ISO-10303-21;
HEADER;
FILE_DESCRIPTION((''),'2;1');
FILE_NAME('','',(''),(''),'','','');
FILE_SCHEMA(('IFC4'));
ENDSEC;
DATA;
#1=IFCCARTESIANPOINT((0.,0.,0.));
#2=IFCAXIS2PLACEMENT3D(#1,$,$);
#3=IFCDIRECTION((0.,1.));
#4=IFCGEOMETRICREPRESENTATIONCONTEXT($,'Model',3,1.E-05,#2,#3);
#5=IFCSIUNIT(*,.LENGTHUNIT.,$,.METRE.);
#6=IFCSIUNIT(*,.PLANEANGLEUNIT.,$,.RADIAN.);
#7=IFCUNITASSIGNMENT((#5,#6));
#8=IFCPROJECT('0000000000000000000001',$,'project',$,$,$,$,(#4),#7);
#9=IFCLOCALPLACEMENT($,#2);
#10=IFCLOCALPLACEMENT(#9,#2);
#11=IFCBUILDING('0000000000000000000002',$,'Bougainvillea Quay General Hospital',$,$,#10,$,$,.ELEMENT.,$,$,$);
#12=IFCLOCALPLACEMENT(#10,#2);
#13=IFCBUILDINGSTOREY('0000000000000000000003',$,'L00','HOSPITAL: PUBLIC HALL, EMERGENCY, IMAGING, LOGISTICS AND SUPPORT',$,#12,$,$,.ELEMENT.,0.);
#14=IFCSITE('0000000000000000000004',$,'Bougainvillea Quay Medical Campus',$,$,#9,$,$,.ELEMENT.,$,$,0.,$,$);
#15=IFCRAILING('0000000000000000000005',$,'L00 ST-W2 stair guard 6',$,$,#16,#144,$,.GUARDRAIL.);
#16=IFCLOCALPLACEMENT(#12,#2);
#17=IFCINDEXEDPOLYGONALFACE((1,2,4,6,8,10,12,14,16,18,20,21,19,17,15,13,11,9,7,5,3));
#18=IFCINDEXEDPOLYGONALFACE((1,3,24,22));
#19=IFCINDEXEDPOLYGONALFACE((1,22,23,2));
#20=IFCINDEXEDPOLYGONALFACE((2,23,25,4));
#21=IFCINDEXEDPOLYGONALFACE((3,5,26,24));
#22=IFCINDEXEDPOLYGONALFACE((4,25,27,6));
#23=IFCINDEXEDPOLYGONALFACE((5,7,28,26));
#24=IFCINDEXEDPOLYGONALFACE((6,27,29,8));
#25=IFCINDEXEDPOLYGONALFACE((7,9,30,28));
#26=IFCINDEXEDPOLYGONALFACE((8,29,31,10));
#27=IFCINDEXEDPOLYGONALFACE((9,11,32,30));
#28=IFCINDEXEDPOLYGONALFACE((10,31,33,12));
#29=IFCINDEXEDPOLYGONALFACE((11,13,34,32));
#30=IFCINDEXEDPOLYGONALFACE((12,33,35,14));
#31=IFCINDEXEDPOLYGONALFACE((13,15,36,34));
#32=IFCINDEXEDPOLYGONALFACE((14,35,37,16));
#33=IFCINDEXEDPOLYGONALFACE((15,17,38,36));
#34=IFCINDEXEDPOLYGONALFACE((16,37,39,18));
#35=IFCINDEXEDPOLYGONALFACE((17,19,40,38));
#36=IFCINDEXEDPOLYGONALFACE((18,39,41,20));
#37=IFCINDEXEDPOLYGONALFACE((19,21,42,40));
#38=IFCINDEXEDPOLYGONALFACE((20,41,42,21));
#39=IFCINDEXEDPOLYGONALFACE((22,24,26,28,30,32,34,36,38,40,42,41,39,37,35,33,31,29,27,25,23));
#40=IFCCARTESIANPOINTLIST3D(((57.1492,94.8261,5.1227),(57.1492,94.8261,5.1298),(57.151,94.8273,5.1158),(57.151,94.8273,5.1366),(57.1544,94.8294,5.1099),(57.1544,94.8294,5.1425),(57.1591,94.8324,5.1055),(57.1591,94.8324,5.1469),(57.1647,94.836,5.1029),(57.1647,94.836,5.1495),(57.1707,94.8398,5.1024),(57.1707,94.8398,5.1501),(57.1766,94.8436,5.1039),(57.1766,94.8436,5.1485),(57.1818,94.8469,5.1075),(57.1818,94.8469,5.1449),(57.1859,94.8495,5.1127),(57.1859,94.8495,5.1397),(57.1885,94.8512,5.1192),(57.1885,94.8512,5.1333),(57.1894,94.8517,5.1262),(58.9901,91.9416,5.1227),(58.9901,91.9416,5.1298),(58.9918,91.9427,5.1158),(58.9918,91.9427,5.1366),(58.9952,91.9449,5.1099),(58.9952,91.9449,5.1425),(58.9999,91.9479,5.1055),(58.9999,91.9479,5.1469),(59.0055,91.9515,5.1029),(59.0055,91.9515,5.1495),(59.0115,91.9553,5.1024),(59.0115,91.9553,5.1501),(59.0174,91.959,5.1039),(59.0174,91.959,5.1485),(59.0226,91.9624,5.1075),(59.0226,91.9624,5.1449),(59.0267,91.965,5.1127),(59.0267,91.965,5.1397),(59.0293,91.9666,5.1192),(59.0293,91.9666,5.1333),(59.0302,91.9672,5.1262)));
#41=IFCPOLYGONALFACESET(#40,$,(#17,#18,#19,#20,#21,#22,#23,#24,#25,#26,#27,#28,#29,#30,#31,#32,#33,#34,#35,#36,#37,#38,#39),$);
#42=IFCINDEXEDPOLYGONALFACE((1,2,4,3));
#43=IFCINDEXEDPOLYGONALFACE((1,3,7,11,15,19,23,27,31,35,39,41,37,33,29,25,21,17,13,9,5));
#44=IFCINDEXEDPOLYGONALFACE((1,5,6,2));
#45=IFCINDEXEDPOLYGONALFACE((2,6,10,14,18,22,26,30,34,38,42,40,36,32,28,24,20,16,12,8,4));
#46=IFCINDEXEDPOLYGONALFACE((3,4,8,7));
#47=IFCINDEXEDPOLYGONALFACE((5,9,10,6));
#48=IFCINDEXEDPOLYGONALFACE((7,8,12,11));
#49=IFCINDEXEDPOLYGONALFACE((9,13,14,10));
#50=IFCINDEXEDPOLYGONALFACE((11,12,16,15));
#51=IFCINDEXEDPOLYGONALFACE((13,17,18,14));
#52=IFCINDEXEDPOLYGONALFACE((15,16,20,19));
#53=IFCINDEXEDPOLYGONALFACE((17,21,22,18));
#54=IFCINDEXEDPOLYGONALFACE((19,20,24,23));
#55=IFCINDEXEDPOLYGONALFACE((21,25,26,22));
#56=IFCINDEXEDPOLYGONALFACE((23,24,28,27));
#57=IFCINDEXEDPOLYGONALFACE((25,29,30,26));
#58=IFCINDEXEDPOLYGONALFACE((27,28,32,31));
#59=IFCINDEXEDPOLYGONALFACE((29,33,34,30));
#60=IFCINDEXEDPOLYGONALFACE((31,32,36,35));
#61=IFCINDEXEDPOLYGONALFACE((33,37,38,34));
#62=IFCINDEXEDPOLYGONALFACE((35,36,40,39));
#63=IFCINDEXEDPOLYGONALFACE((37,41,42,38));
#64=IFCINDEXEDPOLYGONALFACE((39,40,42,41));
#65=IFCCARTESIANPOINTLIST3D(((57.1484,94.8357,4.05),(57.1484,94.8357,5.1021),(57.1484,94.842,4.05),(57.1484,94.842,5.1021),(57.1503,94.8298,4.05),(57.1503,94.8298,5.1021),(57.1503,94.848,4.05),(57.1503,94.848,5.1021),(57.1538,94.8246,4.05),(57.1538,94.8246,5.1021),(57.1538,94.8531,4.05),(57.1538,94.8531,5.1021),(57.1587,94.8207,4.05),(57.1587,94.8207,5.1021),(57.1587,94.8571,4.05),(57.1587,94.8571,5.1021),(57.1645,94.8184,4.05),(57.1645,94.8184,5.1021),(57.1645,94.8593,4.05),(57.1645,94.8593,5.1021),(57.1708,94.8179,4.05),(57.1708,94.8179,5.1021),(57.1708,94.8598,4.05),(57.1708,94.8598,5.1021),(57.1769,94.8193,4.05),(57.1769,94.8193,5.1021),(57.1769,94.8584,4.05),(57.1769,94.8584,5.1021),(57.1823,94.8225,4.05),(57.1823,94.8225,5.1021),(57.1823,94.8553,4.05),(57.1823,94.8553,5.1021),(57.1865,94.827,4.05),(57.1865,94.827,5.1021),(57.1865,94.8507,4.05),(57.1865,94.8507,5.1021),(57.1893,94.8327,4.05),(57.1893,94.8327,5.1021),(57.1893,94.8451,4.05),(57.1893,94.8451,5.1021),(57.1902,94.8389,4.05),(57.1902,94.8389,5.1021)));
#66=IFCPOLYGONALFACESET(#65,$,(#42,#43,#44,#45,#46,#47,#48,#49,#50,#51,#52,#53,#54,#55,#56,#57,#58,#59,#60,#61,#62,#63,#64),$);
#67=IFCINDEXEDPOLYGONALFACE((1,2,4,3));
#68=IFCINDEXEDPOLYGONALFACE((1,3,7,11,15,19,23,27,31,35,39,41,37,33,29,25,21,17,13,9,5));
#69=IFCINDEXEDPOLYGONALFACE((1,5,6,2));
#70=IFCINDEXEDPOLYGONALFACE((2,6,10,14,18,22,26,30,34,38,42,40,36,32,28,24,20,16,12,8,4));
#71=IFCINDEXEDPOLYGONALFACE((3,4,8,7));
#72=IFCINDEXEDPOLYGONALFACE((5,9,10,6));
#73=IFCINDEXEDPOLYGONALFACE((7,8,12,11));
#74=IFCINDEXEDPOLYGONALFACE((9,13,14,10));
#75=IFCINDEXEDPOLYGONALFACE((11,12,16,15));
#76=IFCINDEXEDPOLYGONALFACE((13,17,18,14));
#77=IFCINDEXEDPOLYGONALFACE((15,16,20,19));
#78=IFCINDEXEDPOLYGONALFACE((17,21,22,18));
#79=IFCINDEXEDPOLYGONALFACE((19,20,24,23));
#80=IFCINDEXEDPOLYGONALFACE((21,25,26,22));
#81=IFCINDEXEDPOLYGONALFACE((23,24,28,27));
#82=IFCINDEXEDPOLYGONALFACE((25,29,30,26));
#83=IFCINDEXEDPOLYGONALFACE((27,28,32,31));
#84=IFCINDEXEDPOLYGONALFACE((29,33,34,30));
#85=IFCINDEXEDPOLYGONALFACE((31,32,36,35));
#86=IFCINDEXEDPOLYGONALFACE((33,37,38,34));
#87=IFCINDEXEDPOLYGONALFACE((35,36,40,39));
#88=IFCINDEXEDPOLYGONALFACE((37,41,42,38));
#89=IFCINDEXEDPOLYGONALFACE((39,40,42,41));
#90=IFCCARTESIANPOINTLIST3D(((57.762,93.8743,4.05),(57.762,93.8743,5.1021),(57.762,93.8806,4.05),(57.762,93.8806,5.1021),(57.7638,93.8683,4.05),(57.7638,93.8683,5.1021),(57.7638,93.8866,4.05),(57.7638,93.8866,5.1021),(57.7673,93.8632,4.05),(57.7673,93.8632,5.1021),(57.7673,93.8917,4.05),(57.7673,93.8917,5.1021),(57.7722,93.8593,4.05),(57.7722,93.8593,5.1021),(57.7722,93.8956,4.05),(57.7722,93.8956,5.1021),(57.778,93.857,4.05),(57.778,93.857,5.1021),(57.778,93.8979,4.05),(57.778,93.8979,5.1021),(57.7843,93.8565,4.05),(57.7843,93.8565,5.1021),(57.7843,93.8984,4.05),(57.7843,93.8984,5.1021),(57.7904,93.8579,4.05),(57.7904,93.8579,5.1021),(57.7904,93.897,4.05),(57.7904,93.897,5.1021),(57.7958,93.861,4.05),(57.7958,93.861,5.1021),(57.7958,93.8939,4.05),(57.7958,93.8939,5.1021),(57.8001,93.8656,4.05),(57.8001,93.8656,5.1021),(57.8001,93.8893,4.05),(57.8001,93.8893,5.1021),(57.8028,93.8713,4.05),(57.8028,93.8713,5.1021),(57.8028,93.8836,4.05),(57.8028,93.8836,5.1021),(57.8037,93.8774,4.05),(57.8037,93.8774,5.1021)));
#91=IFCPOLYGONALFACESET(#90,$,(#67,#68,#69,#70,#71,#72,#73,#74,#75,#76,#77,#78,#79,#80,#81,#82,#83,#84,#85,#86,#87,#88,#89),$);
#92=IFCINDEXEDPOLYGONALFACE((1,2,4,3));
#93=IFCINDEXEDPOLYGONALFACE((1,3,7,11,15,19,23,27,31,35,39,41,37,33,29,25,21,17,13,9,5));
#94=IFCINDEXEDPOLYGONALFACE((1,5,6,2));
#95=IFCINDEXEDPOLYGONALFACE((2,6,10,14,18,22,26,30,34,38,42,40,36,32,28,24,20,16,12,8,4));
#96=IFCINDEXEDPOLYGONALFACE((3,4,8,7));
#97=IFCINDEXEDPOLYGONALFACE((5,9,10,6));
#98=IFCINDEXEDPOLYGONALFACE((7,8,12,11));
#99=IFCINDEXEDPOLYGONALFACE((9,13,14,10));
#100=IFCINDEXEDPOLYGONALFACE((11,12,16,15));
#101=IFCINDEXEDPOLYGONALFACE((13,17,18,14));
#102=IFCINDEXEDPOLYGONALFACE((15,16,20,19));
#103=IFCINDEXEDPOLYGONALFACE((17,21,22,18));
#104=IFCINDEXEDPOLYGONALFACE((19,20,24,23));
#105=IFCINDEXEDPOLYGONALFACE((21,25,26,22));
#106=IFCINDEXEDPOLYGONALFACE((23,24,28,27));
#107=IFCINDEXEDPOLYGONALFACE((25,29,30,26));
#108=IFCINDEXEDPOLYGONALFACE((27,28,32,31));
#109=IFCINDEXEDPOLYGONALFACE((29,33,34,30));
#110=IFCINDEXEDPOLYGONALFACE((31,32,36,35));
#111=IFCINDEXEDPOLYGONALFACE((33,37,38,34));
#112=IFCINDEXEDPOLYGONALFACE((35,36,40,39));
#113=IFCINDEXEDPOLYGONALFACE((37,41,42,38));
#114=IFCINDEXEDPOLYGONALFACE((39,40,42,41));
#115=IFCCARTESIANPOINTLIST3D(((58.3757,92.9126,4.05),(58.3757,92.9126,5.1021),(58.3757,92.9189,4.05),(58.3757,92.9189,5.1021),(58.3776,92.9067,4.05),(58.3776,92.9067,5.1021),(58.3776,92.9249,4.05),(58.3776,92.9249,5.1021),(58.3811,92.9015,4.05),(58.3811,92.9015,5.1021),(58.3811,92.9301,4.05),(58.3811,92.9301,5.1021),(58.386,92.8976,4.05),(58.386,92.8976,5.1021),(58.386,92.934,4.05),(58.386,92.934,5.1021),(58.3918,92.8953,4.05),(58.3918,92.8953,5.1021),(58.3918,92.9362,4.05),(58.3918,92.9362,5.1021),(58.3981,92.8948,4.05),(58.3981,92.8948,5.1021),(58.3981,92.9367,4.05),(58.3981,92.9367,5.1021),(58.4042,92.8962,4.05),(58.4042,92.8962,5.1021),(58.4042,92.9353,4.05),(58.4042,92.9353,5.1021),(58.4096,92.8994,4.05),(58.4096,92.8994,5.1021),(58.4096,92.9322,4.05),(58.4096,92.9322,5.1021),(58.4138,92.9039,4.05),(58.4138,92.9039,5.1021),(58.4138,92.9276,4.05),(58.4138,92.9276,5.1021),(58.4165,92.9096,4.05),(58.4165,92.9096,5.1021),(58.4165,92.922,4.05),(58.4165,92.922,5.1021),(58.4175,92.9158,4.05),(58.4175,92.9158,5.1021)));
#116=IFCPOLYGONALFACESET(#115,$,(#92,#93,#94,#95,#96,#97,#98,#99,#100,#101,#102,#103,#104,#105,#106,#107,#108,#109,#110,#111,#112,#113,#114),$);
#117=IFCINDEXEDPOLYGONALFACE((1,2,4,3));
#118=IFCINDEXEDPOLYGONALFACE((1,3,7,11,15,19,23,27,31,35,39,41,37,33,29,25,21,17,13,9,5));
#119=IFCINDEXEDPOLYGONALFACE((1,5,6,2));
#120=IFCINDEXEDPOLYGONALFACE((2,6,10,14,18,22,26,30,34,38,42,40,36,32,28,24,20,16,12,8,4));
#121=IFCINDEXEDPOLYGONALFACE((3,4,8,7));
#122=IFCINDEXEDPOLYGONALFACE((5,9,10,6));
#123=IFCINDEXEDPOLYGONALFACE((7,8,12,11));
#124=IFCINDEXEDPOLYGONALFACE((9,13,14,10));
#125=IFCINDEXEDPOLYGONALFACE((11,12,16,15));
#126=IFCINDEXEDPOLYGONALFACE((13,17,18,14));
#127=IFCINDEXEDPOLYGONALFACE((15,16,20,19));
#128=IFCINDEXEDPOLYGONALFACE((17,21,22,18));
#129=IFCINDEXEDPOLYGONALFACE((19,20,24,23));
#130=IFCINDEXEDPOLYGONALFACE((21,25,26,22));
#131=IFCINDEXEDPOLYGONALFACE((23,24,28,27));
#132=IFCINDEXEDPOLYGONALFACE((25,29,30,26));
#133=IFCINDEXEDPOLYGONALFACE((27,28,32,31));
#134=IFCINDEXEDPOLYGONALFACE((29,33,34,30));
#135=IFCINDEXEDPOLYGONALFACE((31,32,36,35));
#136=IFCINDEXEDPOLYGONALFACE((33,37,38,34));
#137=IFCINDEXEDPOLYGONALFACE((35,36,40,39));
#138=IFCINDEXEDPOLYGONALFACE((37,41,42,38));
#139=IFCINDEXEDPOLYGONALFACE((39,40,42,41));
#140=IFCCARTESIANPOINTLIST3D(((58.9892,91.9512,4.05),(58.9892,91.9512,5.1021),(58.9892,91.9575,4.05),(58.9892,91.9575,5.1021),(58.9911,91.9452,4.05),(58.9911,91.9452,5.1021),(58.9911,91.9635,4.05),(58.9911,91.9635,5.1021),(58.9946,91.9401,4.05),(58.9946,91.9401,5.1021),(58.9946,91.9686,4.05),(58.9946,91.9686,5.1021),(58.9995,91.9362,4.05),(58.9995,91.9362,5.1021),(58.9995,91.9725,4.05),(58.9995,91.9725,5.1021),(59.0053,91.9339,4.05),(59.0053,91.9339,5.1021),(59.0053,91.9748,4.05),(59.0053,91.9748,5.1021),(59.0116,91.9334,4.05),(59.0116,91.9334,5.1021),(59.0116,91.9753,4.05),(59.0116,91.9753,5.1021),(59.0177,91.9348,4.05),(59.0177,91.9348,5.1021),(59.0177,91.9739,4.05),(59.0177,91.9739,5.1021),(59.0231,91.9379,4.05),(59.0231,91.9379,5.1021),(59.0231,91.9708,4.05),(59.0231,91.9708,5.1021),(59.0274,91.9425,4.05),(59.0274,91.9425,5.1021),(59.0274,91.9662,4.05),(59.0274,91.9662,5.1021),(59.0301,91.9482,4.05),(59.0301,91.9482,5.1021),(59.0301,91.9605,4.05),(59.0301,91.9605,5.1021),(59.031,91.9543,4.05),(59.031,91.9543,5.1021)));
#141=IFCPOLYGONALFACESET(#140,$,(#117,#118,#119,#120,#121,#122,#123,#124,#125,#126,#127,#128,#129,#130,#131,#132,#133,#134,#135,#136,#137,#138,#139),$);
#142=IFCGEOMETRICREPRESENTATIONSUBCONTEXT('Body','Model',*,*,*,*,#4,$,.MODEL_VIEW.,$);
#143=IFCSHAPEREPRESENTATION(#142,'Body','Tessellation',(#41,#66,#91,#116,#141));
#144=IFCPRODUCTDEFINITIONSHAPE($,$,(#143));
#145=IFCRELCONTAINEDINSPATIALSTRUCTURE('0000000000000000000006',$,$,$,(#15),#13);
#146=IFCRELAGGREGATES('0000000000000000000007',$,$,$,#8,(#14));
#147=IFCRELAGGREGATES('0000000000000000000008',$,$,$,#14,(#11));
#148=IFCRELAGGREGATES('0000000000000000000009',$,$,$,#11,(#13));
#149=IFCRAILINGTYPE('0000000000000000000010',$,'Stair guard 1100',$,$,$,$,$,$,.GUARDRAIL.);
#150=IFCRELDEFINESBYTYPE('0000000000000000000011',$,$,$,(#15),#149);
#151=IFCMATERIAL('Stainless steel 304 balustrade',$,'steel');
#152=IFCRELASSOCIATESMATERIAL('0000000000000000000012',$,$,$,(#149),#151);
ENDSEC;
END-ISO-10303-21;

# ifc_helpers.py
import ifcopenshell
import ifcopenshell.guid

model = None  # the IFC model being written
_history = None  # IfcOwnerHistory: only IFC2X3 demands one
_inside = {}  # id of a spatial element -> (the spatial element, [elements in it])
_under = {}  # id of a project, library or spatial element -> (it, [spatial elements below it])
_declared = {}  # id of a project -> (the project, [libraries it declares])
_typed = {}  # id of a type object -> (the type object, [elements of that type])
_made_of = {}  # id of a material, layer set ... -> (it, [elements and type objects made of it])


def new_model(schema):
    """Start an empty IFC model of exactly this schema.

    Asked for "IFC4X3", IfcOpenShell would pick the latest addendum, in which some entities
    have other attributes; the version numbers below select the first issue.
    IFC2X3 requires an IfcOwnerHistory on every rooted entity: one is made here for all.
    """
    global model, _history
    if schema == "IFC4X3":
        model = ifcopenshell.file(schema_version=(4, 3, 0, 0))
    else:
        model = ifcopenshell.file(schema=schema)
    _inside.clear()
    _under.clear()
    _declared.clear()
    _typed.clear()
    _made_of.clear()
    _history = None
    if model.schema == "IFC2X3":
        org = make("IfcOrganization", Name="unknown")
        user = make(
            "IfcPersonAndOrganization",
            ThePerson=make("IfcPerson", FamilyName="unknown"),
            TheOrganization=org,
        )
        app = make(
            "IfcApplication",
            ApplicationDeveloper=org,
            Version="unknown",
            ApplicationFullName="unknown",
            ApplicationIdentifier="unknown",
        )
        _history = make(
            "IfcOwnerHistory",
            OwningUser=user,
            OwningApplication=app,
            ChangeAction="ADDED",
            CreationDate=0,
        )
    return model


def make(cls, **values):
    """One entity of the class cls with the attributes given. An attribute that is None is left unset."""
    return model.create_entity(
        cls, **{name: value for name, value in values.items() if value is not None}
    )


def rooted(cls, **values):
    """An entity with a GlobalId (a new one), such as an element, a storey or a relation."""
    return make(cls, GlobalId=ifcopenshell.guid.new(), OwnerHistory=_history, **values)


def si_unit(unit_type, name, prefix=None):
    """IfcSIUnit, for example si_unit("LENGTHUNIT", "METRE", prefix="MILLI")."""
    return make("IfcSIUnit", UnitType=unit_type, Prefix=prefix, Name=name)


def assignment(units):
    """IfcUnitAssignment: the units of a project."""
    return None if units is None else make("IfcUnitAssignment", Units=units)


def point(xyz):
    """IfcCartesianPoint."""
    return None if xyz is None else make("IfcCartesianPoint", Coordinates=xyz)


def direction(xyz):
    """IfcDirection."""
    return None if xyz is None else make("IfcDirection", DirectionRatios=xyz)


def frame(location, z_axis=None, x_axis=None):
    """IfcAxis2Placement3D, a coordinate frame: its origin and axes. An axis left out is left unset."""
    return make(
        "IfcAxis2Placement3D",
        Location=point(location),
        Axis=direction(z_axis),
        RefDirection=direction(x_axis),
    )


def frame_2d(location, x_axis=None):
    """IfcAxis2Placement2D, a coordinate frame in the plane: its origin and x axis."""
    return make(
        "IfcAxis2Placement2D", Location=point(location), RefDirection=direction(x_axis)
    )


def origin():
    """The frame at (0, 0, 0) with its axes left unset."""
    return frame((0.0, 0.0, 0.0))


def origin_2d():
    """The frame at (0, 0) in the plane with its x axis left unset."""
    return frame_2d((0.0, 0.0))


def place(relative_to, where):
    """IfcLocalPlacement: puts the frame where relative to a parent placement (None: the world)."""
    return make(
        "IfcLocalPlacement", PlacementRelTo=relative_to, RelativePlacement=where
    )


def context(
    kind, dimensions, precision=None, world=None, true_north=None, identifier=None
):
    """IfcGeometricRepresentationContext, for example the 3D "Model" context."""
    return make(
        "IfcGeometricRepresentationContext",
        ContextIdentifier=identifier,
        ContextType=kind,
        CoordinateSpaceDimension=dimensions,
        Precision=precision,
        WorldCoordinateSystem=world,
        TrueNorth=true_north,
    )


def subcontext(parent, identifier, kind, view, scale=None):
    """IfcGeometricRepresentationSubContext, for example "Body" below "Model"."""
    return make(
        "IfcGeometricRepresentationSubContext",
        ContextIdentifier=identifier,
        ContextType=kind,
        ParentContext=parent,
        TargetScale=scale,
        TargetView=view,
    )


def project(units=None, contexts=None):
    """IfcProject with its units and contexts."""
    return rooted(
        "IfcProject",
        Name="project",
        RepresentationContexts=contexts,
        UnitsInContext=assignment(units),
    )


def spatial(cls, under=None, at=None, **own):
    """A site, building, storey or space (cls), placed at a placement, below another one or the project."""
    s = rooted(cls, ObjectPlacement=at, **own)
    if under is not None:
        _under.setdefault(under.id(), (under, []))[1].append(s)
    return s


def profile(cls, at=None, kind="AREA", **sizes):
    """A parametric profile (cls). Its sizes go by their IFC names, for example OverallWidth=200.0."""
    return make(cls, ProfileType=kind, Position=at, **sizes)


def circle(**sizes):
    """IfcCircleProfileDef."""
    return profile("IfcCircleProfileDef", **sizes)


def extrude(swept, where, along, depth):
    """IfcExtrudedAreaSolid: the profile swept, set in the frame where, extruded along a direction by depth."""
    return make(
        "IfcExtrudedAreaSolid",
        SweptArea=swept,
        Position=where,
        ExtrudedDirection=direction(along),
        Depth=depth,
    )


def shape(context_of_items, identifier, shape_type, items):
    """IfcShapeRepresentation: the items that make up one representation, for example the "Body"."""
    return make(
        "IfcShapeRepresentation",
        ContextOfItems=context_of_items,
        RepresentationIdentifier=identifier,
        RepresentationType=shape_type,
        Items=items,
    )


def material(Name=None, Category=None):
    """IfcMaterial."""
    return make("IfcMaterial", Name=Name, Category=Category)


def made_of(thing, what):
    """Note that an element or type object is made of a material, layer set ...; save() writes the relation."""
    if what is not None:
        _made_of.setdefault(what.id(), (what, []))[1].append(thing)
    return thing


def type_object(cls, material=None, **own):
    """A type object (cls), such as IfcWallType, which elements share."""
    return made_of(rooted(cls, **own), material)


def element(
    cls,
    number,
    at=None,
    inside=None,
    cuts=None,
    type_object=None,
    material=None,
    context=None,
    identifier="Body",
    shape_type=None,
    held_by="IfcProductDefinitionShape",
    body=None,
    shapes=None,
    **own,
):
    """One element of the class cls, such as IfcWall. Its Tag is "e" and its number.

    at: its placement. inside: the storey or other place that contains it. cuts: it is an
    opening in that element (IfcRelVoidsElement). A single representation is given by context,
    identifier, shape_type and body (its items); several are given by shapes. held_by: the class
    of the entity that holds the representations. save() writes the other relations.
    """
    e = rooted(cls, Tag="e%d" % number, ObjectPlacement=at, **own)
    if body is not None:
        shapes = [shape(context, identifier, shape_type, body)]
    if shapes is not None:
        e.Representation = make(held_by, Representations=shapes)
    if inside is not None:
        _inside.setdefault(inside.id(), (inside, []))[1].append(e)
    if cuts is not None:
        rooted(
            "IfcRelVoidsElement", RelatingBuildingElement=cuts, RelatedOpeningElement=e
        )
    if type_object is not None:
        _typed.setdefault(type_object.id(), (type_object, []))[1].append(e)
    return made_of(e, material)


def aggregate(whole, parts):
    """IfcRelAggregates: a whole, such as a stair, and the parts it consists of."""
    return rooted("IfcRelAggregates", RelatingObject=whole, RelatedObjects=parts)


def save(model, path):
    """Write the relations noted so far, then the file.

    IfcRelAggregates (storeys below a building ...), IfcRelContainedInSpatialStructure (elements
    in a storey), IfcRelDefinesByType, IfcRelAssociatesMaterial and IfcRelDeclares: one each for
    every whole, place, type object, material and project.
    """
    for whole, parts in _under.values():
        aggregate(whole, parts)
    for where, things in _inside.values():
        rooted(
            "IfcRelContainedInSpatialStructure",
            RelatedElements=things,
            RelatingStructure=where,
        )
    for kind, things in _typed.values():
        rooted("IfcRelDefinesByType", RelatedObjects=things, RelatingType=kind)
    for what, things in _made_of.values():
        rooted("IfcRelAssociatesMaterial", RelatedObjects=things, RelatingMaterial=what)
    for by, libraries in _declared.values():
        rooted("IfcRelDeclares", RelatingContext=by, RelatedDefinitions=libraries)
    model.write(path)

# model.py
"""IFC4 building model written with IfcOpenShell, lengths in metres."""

from ifc_helpers import new_model, si_unit, direction, frame, origin, origin_2d, place, context, subcontext, project, spatial, circle, extrude, material, type_object, element, save


model = new_model("IFC4")

# Units and contexts
model_context = context("Model", 3, precision=1e-05, world=origin(), true_north=direction((0.0, 1.0)))
body_context = subcontext(model_context, "Body", "Model", "MODEL_VIEW")
ifc_project = project(units=[si_unit("LENGTHUNIT", "METRE"), si_unit("PLANEANGLEUNIT", "RADIAN")], contexts=[model_context])

# Site, building, storey
site_placement = place(None, origin())
site = spatial("IfcSite", under=ifc_project, at=site_placement, Name="Bougainvillea Quay Medical Campus", CompositionType="ELEMENT", RefElevation=0.0)
building_placement = place(site_placement, origin())
building = spatial("IfcBuilding", under=site, at=building_placement, Name="Bougainvillea Quay General Hospital", CompositionType="ELEMENT")
storey_placement = place(building_placement, origin())
storey = spatial("IfcBuildingStorey", under=building, at=storey_placement, Name="L00", Description="HOSPITAL: PUBLIC HALL, EMERGENCY, IMAGING, LOGISTICS AND SUPPORT", CompositionType="ELEMENT", Elevation=0.0)

# Railing
ifc_material_1 = material(Name="Stainless steel 304 balustrade", Category="steel")
railing_type_1 = type_object("IfcRailingType", Name="Stair guard 1100", PredefinedType="GUARDRAIL", material=ifc_material_1)
railing_1_placement = place(storey_placement, frame((57.1692, 94.8389, 4.05)))
element("IfcRailing", 1, at=railing_1_placement, inside=storey, type_object=railing_type_1, Name="L00 ST-W2 stair guard 6", PredefinedType="GUARDRAIL", context=body_context, shape_type="SweptSolid", body=[
    extrude(circle(Radius=0.0239, at=origin_2d()), frame((0.0, 0.0, 1.0762), z_axis=(0.53796, -0.84297, 0.0), x_axis=(0.84297, 0.53796, 0.0)), (0.0, 0.0, 1.0), 3.4219),
    extrude(circle(Radius=0.021, at=origin_2d()), origin(), (0.0, 0.0, 1.0), 1.052),
    extrude(circle(Radius=0.021, at=origin_2d()), frame((0.6135, -0.9614, 0.0)), (0.0, 0.0, 1.0), 1.052),
    extrude(circle(Radius=0.021, at=origin_2d()), frame((1.2273, -1.9231, 0.0)), (0.0, 0.0, 1.0), 1.052),
    extrude(circle(Radius=0.021, at=origin_2d()), frame((1.8408, -2.8845, 0.0)), (0.0, 0.0, 1.0), 1.052),
])

save(model, "model.ifc")
